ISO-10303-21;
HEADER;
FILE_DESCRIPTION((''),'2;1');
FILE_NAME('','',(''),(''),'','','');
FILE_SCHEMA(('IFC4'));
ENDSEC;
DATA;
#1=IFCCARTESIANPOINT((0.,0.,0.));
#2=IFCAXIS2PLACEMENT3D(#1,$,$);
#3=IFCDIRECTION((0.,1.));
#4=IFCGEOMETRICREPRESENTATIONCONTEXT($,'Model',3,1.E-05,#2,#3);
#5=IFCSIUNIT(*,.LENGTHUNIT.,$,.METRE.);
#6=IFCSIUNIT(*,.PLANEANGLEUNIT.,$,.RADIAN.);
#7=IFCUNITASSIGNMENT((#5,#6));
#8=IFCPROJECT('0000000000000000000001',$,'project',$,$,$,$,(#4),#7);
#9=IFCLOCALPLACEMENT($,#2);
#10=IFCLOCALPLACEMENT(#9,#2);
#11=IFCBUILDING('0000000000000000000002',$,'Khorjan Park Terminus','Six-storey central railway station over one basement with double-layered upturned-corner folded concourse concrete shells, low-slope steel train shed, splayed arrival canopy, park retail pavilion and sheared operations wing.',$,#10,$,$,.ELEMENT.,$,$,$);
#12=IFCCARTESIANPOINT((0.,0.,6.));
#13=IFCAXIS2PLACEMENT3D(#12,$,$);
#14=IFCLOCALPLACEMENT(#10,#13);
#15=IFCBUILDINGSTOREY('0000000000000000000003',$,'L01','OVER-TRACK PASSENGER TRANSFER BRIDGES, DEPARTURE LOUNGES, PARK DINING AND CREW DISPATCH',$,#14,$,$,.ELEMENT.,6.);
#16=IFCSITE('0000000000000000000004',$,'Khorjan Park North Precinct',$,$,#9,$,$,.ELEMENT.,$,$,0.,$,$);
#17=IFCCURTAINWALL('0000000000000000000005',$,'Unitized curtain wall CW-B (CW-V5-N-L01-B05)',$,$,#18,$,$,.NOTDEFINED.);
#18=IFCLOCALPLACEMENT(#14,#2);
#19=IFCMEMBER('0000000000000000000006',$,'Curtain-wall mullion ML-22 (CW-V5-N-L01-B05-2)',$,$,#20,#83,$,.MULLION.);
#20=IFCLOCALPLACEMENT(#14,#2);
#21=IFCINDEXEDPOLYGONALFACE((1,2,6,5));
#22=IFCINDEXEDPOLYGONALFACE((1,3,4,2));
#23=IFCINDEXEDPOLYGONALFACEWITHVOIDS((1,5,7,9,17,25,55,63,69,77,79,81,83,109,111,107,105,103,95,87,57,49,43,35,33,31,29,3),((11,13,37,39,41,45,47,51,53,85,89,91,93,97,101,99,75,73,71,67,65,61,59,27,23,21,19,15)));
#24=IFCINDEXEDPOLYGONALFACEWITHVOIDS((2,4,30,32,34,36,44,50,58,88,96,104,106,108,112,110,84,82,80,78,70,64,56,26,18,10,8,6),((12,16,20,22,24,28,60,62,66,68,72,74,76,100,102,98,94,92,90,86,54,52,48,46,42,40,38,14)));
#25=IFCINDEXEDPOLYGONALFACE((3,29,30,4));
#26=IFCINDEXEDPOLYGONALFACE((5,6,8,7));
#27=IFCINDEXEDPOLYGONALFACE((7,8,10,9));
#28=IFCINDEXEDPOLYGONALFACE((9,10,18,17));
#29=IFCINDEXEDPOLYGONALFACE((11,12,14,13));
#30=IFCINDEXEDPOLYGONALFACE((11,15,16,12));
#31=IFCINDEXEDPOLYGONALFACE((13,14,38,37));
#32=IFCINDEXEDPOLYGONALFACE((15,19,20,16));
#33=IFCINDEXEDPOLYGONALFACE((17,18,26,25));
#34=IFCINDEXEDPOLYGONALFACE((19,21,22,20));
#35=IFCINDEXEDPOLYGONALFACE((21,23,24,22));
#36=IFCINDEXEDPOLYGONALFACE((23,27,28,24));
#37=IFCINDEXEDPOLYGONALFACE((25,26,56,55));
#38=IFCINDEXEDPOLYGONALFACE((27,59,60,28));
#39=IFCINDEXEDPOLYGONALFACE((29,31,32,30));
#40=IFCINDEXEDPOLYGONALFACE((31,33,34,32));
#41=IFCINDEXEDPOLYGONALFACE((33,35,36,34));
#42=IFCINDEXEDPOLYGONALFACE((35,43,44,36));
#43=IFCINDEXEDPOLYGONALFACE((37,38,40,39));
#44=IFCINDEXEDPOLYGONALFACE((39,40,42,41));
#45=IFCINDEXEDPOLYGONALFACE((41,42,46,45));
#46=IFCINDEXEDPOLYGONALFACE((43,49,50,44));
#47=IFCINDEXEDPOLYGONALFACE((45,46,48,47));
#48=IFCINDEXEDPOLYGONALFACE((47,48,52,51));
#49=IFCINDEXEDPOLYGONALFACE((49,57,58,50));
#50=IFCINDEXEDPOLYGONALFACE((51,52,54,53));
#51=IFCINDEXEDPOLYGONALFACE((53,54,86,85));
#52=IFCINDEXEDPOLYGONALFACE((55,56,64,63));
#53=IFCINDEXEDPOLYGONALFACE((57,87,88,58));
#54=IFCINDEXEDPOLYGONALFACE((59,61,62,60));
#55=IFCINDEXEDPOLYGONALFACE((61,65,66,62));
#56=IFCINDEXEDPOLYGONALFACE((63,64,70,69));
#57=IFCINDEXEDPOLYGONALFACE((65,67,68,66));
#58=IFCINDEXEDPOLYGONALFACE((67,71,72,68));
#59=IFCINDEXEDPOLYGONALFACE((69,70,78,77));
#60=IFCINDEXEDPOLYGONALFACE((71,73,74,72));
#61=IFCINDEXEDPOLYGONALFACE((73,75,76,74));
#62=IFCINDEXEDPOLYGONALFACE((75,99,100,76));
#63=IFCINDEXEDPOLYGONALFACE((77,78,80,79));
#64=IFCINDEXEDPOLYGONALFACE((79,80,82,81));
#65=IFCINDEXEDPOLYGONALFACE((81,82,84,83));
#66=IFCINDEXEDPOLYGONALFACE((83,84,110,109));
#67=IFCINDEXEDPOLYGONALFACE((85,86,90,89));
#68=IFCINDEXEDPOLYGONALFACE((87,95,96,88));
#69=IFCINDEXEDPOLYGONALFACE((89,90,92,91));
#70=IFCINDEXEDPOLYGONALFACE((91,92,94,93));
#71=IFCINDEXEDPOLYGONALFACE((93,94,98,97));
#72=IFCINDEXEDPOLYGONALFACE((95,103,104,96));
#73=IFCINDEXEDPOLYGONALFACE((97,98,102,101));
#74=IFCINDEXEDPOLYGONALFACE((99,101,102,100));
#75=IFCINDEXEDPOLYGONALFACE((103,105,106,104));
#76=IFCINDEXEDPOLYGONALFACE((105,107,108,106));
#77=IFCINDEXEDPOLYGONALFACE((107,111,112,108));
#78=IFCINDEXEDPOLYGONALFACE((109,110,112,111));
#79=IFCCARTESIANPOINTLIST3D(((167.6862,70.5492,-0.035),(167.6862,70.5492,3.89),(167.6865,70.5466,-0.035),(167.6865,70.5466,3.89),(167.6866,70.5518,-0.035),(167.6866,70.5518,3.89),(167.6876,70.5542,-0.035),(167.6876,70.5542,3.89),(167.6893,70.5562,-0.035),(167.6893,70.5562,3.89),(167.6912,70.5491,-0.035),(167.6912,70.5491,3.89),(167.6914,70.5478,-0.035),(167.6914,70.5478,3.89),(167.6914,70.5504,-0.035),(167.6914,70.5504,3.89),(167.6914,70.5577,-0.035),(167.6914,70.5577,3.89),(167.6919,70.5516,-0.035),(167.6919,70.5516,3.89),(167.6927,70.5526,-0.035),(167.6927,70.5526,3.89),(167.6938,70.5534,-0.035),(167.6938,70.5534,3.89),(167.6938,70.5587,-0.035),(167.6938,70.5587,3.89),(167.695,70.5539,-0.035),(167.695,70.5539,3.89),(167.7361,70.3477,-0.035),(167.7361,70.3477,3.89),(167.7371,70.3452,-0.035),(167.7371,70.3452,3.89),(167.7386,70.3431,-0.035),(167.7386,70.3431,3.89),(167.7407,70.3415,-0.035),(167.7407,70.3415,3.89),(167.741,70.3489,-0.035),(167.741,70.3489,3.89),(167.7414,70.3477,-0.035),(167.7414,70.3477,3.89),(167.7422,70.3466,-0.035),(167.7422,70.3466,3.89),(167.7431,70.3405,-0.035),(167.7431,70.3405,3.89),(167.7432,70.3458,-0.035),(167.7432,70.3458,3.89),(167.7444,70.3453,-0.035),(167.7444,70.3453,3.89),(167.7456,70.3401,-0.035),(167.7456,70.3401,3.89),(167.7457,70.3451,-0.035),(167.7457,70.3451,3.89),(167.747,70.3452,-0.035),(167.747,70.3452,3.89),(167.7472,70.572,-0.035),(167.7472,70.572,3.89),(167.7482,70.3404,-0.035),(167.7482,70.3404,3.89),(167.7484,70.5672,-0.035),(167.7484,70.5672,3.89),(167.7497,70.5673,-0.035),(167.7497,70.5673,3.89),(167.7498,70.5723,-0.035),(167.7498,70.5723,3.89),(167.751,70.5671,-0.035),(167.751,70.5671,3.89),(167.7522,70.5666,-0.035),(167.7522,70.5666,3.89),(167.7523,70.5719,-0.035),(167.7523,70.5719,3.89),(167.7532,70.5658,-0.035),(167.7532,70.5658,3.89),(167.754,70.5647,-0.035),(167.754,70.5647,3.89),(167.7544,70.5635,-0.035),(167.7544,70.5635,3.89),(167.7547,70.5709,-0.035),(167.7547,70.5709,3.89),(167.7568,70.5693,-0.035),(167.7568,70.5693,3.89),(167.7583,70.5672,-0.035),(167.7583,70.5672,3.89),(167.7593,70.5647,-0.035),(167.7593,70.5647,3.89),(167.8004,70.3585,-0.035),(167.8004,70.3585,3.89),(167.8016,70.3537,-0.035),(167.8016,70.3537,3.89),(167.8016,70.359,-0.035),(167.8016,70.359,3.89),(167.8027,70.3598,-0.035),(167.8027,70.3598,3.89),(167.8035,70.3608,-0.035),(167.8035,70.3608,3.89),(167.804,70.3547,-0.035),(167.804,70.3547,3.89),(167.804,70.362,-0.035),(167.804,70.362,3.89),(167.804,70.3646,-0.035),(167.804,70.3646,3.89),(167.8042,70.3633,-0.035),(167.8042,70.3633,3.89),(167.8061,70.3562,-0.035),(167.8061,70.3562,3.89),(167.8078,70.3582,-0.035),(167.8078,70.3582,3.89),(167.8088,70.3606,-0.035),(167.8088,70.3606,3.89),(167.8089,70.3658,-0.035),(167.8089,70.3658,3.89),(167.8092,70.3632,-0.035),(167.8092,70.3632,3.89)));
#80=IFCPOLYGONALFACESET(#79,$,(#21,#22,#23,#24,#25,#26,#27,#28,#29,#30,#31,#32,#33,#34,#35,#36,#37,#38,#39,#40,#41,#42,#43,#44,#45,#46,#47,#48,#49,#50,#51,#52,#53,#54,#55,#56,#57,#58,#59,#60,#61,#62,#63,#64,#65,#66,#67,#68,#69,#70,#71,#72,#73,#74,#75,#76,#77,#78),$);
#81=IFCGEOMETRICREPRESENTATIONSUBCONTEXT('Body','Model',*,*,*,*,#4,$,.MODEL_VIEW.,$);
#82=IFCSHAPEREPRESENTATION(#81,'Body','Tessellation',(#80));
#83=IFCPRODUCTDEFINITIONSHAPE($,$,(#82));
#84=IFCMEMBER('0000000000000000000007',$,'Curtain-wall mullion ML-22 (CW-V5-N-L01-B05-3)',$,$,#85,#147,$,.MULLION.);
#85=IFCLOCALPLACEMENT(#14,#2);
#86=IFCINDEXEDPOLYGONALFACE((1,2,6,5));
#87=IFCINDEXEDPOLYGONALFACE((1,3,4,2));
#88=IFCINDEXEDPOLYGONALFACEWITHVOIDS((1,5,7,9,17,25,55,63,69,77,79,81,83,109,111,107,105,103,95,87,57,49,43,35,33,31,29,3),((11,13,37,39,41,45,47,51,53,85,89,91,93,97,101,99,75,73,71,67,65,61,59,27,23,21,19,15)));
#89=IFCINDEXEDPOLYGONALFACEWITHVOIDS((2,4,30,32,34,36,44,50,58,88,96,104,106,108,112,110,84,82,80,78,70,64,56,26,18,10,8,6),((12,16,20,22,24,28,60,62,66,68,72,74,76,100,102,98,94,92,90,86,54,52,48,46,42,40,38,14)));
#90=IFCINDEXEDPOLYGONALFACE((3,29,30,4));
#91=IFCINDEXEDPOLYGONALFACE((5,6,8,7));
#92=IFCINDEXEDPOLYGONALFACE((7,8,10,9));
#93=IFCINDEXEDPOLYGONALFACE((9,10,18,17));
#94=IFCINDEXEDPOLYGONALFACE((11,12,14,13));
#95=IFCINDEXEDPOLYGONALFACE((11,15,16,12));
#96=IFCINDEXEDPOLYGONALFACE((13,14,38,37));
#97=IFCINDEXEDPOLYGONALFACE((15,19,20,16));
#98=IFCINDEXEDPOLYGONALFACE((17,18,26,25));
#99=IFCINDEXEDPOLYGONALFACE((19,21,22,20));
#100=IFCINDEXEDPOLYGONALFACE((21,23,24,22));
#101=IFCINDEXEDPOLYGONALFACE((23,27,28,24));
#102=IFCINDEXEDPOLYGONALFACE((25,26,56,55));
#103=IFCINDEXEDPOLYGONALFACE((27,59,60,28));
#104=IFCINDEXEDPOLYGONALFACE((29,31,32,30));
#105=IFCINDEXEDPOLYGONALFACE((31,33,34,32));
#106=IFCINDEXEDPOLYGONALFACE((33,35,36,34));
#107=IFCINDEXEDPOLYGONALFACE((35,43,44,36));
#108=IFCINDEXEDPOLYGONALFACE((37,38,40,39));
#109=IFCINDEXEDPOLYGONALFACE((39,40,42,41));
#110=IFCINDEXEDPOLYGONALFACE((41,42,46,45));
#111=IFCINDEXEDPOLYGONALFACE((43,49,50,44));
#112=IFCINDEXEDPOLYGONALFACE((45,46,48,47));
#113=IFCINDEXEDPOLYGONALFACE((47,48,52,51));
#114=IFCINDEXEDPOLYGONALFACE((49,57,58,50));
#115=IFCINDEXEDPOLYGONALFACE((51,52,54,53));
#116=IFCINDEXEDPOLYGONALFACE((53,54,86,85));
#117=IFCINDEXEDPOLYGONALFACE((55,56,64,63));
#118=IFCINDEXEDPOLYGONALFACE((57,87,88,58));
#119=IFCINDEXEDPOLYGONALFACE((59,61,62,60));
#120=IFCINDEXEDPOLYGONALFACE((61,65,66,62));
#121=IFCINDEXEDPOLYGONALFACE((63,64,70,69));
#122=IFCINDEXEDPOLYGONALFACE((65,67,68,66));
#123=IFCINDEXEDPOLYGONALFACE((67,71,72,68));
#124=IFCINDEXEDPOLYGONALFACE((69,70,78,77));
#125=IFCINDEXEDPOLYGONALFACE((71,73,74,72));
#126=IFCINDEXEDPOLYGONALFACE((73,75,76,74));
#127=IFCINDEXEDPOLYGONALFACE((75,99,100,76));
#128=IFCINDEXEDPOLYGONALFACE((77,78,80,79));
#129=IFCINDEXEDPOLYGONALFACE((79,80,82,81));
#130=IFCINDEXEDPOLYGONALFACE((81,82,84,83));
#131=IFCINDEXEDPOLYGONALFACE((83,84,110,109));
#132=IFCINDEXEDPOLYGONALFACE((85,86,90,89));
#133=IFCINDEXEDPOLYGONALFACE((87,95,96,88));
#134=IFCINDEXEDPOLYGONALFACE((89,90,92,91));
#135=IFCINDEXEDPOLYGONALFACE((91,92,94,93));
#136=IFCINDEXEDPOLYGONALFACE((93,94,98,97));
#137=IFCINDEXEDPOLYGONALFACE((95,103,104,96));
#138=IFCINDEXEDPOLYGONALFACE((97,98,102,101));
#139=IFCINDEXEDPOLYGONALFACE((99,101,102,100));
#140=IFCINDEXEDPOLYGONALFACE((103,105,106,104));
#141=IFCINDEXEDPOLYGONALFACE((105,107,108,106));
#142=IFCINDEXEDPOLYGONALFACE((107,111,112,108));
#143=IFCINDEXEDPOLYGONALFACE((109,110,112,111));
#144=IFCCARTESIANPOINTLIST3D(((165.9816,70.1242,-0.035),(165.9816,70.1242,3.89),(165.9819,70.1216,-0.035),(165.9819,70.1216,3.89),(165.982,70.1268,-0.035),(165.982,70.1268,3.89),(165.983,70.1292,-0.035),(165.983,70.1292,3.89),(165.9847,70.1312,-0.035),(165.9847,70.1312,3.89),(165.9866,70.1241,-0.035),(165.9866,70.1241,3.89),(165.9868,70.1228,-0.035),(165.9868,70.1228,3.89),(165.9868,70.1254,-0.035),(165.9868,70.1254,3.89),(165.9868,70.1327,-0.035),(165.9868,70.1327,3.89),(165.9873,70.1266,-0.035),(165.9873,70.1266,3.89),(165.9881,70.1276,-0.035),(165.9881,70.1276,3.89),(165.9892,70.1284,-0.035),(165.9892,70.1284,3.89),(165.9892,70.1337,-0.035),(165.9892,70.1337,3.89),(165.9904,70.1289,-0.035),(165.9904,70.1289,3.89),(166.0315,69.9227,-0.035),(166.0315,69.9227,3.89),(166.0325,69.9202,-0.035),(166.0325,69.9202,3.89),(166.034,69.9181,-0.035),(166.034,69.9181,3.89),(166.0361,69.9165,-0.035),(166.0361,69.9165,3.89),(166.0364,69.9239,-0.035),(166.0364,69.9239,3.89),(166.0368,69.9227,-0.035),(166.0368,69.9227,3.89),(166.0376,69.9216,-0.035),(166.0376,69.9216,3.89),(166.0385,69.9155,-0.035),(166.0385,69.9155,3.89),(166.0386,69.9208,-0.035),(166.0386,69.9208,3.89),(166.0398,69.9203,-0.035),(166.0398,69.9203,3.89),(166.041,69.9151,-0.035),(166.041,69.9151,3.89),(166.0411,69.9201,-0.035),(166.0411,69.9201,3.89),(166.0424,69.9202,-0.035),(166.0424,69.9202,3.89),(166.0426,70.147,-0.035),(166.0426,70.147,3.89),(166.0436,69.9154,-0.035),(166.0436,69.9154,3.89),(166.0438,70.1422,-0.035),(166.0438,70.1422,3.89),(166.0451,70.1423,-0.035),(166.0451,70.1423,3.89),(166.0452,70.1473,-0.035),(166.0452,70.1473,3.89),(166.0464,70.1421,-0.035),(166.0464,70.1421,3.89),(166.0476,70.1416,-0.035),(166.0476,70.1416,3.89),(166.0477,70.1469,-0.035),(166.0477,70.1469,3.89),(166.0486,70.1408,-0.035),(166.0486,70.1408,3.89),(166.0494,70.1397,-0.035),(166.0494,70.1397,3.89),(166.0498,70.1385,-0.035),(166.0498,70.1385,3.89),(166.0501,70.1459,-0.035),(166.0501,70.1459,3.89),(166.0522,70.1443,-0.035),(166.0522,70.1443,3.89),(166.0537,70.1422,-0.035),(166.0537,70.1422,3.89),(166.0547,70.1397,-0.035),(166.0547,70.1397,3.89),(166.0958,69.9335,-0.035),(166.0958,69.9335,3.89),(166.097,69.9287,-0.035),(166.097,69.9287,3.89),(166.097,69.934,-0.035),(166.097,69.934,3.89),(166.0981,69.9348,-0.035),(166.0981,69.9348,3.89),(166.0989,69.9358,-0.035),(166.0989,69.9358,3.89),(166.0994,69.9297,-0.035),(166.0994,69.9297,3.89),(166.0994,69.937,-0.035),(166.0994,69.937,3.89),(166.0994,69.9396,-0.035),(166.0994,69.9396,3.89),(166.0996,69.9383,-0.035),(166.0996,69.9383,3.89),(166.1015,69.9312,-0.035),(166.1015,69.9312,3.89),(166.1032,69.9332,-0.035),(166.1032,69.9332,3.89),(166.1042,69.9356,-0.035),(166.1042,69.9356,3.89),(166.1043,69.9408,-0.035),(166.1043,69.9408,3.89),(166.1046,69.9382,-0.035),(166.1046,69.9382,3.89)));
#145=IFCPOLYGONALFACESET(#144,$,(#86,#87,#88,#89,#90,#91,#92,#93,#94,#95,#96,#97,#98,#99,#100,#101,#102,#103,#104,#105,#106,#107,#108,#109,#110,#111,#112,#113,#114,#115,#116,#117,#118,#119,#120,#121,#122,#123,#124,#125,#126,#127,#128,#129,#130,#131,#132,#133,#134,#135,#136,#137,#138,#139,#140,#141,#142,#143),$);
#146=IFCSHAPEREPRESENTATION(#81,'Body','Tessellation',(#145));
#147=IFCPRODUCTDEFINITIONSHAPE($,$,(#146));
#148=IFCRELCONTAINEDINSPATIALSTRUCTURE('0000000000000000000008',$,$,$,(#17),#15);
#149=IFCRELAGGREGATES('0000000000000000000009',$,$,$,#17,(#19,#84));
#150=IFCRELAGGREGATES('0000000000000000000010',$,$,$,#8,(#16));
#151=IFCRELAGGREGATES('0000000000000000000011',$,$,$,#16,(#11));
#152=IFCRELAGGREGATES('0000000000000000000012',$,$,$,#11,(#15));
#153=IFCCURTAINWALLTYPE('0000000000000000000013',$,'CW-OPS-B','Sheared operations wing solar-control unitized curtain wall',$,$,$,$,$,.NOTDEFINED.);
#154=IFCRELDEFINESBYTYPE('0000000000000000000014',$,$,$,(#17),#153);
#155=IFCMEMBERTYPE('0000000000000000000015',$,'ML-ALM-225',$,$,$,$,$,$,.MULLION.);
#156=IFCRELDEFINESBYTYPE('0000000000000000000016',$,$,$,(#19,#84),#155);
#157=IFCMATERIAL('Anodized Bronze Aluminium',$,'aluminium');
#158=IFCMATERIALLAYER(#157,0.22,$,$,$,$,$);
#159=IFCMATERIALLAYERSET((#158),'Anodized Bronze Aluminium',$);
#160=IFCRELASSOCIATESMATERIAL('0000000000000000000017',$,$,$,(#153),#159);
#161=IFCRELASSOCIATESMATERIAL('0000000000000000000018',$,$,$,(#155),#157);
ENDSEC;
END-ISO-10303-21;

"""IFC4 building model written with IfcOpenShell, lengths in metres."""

from ifc_helpers import new_model, si_unit, direction, frame, origin, origin_2d, place, context, subcontext, project, spatial, hollow_rectangle, extrude, material, layer, layer_set, material_profile, profile_set, type_object, element, aggregate, save


model = new_model("IFC4")

# Units and contexts
model_context = context("Model", 3, precision=1e-05, world=origin(), true_north=direction((0.0, 1.0)))
body_context = subcontext(model_context, "Body", "Model", "MODEL_VIEW")
ifc_project = project(units=[si_unit("LENGTHUNIT", "METRE"), si_unit("PLANEANGLEUNIT", "RADIAN")], contexts=[model_context])

# Site, building, storey
site_placement = place(None, origin())
site = spatial("IfcSite", under=ifc_project, at=site_placement, Name="Khorjan Park North Precinct", CompositionType="ELEMENT", RefElevation=0.0)
building_placement = place(site_placement, origin())
building = spatial("IfcBuilding", under=site, at=building_placement, Name="Khorjan Park Terminus", Description="Six-storey central railway station over one basement with double-layered upturned-corner folded concourse concrete shells, low-slope steel train shed, splayed arrival canopy, park retail pavilion and sheared operations wing.", CompositionType="ELEMENT")
storey_placement = place(building_placement, frame((0.0, 0.0, 6.0)))
storey = spatial("IfcBuildingStorey", under=building, at=storey_placement, Name="L01", Description="OVER-TRACK PASSENGER TRANSFER BRIDGES, DEPARTURE LOUNGES, PARK DINING AND CREW DISPATCH", CompositionType="ELEMENT", Elevation=6.0)

# Curtain wall, members
ifc_material_1 = material(Name="Anodized Bronze Aluminium", Category="aluminium")
ifc_layer_1 = layer(ifc_material_1, 0.22)
ifc_layer_set_1 = layer_set([ifc_layer_1], Name="Anodized Bronze Aluminium")
curtain_wall_type = type_object("IfcCurtainWallType", Name="CW-OPS-B", Description="Sheared operations wing solar-control unitized curtain wall", PredefinedType="NOTDEFINED", material=ifc_layer_set_1)
curtain_wall_placement = place(storey_placement, origin())
curtain_wall = element("IfcCurtainWall", 1, at=curtain_wall_placement, inside=storey, type_object=curtain_wall_type, Name="Unitized curtain wall CW-B (CW-V5-N-L01-B05)", PredefinedType="NOTDEFINED")
ifc_material_profile_1 = material_profile(ifc_material_1, hollow_rectangle(XDim=0.075, YDim=0.225, WallThickness=0.005, InnerFilletRadius=0.005, OuterFilletRadius=0.01, at=origin_2d()), Name="ALM 75x225x5")
ifc_profile_set_1 = profile_set([ifc_material_profile_1], Name="Anodized Bronze Aluminium")
member_type_1 = type_object("IfcMemberType", Name="ML-ALM-225", PredefinedType="MULLION", material=ifc_profile_set_1)
member_1_placement = place(storey_placement, frame((167.7477, 70.4562, -0.035), z_axis=(0.0, 0.0, 1.0), x_axis=(-0.970299, -0.241911, 0.0)))
member_1 = element("IfcMember", 2, at=member_1_placement, type_object=member_type_1, Name="Curtain-wall mullion ML-22 (CW-V5-N-L01-B05-2)", PredefinedType="MULLION", context=body_context, shape_type="SweptSolid", body=[
    extrude(hollow_rectangle(XDim=0.075, YDim=0.225, WallThickness=0.005, InnerFilletRadius=0.005, OuterFilletRadius=0.01, at=origin_2d()), origin(), (0.0, 0.0, 1.0), 3.925),
])
member_2_placement = place(storey_placement, frame((166.0431, 70.0312, -0.035), z_axis=(0.0, 0.0, 1.0), x_axis=(-0.970299, -0.241911, 0.0)))
member_2 = element("IfcMember", 3, at=member_2_placement, type_object=member_type_1, Name="Curtain-wall mullion ML-22 (CW-V5-N-L01-B05-3)", PredefinedType="MULLION", context=body_context, shape_type="SweptSolid", body=[
    extrude(hollow_rectangle(XDim=0.075, YDim=0.225, WallThickness=0.005, InnerFilletRadius=0.005, OuterFilletRadius=0.01, at=origin_2d()), origin(), (0.0, 0.0, 1.0), 3.925),
])
aggregate(curtain_wall, [member_1, member_2])

save(model, "model.ifc")
